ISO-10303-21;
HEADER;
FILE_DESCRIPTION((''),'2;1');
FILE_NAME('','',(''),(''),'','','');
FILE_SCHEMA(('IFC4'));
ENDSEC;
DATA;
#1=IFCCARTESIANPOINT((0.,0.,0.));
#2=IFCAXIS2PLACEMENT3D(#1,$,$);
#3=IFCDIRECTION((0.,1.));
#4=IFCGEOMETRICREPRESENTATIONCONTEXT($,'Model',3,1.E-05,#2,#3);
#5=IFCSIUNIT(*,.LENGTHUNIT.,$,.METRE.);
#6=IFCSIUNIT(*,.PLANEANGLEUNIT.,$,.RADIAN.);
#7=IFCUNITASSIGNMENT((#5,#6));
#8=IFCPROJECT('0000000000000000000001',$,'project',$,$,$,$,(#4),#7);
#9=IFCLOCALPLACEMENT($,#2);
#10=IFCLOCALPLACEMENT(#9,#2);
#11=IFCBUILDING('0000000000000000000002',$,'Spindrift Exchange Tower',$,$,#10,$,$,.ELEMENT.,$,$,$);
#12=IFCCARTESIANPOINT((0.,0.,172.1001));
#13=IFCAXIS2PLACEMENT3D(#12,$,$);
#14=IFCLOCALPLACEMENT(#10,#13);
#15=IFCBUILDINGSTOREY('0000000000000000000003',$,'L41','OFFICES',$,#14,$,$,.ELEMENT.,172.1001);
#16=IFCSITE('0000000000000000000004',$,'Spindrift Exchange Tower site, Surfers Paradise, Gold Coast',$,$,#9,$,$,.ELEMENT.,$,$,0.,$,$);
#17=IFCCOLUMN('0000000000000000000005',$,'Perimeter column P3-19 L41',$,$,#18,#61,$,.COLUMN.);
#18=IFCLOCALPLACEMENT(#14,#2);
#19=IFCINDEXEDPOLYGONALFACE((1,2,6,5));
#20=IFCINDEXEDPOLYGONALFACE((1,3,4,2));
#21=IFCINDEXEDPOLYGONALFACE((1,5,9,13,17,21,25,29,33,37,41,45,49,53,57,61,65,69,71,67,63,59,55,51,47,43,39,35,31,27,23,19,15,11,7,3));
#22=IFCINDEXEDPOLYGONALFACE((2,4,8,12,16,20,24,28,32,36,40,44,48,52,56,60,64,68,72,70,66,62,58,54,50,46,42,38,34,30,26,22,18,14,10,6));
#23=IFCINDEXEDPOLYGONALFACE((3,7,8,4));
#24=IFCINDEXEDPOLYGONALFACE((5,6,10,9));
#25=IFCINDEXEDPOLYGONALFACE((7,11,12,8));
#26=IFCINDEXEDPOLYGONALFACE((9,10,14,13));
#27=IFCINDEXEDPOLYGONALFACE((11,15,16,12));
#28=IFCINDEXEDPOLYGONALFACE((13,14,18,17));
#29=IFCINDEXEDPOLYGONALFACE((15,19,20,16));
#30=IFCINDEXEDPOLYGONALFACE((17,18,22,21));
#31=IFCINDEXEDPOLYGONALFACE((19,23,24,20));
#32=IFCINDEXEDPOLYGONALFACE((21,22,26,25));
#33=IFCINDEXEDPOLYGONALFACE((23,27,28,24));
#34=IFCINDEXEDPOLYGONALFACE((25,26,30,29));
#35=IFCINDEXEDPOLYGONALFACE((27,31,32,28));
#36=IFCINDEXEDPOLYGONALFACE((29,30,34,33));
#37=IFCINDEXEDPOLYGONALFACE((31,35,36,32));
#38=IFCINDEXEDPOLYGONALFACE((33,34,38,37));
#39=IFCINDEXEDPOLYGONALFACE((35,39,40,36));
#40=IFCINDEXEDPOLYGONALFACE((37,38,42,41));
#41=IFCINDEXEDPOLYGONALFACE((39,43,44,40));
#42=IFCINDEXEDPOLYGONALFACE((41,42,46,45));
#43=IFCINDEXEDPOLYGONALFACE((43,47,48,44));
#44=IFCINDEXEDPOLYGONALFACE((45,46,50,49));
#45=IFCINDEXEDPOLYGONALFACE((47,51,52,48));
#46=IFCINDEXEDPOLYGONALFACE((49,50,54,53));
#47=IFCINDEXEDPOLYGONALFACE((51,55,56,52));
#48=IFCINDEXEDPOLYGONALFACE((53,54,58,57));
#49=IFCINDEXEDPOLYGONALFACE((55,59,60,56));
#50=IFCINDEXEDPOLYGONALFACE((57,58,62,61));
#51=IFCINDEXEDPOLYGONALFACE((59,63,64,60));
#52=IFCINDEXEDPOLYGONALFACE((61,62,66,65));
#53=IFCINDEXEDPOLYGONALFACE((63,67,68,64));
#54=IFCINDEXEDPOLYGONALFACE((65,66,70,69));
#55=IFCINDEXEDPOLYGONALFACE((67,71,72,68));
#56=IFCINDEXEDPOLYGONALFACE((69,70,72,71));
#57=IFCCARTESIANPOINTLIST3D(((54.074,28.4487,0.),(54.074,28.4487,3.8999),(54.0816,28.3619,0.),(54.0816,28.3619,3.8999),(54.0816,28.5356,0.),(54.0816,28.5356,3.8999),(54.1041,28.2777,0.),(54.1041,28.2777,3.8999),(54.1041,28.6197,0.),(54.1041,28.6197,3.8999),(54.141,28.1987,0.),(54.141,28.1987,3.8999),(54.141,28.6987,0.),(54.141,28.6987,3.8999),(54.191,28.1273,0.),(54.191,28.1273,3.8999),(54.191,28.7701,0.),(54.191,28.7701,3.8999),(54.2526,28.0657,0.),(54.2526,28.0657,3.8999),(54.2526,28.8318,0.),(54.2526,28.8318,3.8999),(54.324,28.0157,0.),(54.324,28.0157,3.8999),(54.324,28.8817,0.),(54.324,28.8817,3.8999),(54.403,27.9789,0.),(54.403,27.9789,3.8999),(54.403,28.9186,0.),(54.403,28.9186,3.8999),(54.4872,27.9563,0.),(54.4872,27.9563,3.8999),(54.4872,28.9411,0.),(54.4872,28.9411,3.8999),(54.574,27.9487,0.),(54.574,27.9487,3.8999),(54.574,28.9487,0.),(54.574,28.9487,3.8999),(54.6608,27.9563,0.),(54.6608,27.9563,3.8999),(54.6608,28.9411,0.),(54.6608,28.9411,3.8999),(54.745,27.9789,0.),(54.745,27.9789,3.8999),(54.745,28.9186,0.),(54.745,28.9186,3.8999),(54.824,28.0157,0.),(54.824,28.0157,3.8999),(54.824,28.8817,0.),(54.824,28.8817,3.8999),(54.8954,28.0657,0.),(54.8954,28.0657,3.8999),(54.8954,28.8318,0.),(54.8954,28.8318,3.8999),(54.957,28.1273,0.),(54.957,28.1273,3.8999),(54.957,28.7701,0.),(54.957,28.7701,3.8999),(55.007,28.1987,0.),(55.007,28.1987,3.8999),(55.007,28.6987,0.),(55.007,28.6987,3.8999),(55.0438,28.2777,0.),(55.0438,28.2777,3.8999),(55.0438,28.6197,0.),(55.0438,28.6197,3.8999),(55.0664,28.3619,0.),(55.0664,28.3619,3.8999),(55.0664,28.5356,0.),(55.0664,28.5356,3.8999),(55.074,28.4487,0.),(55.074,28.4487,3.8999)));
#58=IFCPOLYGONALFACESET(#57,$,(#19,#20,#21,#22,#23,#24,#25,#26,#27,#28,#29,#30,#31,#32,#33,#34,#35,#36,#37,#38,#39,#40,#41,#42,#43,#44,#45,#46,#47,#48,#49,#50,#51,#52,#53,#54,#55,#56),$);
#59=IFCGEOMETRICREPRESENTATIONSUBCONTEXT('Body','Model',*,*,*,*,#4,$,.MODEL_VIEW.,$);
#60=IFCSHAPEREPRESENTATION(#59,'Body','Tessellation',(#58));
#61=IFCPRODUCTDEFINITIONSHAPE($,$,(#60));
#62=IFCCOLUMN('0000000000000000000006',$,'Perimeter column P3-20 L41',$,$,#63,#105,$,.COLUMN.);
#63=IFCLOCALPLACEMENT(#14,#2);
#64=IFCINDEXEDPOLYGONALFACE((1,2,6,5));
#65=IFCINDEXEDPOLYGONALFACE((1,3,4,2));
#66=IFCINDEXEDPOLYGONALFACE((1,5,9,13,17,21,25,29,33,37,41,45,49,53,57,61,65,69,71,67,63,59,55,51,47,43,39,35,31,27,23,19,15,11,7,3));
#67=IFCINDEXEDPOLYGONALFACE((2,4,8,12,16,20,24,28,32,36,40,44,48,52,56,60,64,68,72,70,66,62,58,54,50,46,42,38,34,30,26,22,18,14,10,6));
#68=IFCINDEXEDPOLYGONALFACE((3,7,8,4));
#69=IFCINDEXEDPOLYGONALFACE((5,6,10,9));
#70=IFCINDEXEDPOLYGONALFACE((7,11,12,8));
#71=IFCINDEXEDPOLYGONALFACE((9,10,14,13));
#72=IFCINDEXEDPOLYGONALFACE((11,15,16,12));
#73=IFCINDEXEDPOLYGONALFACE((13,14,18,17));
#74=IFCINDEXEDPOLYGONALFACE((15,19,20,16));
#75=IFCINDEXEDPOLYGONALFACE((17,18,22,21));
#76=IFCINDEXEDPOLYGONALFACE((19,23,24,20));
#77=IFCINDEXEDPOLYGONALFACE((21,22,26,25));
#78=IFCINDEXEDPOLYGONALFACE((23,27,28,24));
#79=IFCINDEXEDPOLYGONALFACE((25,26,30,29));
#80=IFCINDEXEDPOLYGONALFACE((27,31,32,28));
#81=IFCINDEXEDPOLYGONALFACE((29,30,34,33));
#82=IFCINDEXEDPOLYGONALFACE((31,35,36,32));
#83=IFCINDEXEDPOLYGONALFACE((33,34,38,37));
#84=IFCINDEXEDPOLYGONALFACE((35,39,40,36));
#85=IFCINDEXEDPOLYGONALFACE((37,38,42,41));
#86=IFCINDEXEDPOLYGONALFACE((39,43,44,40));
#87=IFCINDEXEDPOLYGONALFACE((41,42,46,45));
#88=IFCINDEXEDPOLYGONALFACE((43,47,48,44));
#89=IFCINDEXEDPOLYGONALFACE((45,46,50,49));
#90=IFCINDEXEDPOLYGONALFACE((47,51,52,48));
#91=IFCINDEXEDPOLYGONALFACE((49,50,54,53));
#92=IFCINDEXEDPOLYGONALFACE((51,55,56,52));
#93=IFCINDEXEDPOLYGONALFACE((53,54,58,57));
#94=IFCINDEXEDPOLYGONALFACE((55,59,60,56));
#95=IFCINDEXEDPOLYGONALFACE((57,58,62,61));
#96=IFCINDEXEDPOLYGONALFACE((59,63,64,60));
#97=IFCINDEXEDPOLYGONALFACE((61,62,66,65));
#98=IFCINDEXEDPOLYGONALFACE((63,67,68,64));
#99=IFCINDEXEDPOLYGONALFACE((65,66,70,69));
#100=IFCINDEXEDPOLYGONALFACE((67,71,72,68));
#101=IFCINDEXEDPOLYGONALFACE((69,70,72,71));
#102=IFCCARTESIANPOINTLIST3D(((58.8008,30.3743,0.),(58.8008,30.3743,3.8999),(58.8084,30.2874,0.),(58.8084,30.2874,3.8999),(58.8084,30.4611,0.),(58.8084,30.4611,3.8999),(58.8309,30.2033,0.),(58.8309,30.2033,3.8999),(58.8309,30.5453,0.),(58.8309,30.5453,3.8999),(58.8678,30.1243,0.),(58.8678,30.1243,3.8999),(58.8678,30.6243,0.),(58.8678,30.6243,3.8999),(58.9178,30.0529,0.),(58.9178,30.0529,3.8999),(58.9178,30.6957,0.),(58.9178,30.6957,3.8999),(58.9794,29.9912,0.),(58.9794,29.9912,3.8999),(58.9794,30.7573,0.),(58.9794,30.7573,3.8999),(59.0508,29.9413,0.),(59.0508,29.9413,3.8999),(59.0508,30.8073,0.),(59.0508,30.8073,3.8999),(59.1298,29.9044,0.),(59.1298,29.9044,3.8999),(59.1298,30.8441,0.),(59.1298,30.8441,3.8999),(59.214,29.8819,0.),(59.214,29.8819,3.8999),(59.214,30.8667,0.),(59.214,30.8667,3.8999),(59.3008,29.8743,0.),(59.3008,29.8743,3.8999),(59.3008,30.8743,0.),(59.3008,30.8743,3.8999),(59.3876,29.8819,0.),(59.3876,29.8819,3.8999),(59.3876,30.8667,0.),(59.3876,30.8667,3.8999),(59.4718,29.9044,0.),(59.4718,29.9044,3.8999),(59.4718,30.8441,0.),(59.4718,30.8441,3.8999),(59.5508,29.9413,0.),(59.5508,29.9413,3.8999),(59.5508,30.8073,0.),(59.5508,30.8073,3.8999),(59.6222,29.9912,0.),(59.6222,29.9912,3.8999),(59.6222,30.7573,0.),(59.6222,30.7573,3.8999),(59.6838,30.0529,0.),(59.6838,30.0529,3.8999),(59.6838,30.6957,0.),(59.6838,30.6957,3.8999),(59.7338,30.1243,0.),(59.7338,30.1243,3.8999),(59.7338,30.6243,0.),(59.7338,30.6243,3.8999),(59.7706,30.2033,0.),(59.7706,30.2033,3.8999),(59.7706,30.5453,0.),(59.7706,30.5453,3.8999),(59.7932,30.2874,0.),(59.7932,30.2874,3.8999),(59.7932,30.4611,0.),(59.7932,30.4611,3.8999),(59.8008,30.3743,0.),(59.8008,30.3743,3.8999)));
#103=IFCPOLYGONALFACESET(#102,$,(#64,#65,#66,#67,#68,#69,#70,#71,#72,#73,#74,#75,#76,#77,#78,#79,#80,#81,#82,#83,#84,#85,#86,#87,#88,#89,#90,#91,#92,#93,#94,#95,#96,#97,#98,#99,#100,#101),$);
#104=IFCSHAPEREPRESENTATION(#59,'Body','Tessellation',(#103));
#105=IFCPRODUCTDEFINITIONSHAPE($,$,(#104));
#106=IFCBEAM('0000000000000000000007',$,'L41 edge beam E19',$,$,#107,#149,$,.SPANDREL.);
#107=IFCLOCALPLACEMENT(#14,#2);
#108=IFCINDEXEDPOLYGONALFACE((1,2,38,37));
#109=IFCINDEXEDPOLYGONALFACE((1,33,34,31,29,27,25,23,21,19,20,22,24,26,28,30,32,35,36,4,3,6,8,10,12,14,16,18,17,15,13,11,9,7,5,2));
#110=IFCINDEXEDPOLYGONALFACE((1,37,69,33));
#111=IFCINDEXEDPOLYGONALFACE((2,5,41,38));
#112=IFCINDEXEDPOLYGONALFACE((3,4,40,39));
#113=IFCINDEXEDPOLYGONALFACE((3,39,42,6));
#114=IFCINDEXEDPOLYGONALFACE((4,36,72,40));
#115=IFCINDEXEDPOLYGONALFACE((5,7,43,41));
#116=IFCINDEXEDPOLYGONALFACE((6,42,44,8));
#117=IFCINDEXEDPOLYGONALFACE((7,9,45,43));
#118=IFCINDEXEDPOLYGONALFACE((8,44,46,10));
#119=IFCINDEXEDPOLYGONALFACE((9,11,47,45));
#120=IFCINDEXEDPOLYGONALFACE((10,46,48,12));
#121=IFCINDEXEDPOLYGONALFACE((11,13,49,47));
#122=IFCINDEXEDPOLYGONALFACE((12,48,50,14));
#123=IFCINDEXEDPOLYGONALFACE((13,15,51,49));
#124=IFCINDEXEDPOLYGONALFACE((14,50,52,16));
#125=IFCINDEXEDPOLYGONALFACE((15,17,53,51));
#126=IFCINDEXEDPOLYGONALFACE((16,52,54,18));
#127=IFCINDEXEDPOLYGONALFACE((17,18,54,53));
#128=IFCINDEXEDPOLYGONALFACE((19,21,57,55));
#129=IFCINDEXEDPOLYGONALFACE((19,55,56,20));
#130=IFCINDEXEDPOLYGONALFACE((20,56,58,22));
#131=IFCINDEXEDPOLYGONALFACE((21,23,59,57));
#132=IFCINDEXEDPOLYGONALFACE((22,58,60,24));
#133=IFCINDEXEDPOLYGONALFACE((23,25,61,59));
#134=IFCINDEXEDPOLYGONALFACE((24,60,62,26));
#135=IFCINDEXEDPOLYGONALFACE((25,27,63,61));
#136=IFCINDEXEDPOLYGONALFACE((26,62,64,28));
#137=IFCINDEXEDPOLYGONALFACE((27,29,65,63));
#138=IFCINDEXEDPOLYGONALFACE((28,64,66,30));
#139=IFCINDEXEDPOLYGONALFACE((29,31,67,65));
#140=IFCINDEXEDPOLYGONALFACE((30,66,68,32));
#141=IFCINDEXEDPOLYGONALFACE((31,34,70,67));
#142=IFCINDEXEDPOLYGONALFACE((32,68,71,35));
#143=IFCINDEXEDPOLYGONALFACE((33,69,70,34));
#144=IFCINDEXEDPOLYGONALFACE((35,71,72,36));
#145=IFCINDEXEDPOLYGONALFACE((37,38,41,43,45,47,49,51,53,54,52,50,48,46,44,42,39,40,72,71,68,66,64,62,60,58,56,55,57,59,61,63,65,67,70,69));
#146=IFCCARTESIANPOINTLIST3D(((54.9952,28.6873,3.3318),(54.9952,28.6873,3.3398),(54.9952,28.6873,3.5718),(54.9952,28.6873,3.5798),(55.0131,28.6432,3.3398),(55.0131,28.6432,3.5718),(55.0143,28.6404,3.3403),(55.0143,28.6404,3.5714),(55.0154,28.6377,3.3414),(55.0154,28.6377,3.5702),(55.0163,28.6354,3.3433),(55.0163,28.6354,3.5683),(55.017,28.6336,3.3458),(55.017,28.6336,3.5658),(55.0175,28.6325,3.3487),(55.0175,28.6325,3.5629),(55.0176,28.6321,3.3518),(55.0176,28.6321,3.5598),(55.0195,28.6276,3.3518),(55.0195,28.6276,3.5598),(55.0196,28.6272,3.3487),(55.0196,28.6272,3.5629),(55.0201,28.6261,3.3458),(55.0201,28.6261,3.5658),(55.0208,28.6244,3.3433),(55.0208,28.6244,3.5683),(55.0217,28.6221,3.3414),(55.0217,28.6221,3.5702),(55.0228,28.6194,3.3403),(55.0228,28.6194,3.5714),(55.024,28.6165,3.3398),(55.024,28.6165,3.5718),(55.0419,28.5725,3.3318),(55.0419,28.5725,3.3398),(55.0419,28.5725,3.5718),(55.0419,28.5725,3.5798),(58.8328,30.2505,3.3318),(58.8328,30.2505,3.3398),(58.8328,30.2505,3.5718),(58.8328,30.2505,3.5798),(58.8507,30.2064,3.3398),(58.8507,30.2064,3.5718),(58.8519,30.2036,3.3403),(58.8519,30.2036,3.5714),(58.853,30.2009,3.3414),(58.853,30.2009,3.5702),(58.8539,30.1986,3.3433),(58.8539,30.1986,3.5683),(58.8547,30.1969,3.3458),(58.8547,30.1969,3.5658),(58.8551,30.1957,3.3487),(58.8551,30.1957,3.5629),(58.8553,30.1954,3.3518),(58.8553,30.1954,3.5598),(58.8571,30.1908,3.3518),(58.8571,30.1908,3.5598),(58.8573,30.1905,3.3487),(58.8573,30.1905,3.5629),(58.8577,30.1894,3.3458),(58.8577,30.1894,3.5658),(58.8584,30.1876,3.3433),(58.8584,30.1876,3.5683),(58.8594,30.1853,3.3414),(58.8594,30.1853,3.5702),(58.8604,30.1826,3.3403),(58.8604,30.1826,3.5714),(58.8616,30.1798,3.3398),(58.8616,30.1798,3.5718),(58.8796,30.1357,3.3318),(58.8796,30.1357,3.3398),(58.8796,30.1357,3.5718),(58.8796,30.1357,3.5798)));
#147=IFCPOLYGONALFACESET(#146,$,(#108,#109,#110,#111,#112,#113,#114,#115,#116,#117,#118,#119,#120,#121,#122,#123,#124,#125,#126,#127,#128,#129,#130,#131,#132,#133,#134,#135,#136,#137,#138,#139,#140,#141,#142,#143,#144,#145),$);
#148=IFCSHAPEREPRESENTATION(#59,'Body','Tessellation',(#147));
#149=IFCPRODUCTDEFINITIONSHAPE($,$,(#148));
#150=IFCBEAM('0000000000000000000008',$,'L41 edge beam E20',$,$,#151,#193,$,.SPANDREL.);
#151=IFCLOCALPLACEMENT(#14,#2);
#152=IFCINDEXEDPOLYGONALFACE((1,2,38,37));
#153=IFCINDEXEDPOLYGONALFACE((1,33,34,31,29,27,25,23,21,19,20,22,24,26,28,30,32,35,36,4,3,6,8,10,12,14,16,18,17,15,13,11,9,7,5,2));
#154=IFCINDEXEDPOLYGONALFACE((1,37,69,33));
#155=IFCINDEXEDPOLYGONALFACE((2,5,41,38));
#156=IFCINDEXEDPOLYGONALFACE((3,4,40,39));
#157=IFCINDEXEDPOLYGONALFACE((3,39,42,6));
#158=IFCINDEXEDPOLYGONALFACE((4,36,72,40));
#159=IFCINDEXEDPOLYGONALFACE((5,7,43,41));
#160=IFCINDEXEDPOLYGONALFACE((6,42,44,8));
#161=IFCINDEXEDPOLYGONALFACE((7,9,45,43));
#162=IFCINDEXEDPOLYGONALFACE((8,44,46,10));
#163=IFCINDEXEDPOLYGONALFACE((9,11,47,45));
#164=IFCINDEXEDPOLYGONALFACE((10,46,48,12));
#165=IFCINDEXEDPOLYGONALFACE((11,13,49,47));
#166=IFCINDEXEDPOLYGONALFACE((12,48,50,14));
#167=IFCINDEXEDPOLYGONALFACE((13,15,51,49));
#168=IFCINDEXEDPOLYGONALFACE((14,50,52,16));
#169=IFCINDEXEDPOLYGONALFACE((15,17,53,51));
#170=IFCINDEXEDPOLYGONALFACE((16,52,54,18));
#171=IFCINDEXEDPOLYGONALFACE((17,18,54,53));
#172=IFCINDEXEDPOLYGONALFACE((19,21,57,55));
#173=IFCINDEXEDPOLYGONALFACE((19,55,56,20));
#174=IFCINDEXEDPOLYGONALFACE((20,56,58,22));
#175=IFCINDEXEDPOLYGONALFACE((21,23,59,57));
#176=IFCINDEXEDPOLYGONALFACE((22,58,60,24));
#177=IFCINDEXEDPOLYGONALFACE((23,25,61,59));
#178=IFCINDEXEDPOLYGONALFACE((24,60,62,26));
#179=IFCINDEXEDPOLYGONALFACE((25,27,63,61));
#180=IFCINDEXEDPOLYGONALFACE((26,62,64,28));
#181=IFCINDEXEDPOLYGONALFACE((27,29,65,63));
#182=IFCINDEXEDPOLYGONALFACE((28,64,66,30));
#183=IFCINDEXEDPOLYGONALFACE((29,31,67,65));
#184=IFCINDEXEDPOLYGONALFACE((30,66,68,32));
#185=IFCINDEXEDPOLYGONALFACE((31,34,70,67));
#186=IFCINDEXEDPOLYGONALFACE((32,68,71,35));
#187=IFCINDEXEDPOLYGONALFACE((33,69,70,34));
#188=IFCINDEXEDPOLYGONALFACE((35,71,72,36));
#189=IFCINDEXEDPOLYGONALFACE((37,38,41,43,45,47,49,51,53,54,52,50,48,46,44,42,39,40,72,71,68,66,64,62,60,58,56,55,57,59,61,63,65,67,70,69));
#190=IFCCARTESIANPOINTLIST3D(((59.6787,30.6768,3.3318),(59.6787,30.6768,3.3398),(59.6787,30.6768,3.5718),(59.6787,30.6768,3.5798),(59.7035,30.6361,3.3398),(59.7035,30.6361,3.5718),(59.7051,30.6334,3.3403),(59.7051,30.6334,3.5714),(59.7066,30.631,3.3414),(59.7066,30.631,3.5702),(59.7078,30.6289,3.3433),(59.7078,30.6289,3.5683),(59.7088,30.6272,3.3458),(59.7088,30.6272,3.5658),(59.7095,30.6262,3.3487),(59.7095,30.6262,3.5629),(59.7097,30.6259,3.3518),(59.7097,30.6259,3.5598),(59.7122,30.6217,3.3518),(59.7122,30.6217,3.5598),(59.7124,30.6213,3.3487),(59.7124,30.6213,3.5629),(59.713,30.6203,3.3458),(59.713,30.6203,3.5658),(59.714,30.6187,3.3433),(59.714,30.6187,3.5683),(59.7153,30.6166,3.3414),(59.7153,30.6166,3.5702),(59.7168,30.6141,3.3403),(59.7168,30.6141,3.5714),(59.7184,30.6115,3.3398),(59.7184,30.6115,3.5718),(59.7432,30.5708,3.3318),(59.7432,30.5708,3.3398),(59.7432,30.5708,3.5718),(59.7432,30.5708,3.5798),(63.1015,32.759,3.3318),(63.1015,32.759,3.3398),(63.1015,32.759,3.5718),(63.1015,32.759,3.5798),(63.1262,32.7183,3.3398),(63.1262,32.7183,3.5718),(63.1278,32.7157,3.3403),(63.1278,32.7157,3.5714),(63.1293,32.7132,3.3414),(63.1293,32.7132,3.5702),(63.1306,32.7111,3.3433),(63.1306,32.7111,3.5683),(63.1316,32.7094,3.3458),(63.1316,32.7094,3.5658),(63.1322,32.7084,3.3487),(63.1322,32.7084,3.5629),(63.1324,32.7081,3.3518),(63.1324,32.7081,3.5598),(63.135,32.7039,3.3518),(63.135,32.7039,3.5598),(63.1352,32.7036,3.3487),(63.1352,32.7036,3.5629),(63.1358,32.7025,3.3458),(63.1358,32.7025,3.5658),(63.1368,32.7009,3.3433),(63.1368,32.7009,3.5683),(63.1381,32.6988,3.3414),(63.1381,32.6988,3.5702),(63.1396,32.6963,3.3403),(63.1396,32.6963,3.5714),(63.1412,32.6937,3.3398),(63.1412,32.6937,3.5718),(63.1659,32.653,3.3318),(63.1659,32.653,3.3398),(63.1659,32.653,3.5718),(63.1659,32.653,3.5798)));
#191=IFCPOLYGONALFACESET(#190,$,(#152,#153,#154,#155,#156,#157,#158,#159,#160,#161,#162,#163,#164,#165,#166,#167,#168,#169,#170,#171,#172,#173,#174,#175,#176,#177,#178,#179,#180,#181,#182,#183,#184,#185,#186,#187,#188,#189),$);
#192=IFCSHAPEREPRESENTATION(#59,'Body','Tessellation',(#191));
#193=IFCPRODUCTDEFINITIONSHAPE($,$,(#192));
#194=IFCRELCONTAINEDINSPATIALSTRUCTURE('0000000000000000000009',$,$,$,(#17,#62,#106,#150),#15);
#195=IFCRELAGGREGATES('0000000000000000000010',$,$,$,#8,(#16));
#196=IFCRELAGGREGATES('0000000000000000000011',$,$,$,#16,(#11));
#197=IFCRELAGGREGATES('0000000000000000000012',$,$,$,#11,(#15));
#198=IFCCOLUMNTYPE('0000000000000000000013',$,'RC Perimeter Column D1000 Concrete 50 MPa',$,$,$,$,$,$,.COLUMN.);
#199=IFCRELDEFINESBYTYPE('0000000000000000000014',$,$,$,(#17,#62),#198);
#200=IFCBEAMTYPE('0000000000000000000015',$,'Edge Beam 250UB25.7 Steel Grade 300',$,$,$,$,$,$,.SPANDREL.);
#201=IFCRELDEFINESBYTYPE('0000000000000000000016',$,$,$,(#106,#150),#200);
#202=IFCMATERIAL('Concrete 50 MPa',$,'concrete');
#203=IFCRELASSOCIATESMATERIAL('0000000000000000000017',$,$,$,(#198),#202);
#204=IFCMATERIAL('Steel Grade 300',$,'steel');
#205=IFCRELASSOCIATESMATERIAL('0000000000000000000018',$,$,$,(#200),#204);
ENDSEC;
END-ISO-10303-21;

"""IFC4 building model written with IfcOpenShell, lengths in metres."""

from ifc_helpers import new_model, si_unit, direction, frame, origin, origin_2d, place, context, subcontext, project, spatial, circle, i_section, extrude, source, transform, mapped, material, material_profile, profile_set, type_object, element, save


model = new_model("IFC4")

# Units and contexts
model_context = context("Model", 3, precision=1e-05, world=origin(), true_north=direction((0.0, 1.0)))
body_context = subcontext(model_context, "Body", "Model", "MODEL_VIEW")
ifc_project = project(units=[si_unit("LENGTHUNIT", "METRE"), si_unit("PLANEANGLEUNIT", "RADIAN")], contexts=[model_context])

# Site, building, storey
site_placement = place(None, origin())
site = spatial("IfcSite", under=ifc_project, at=site_placement, Name="Spindrift Exchange Tower site, Surfers Paradise, Gold Coast", CompositionType="ELEMENT", RefElevation=0.0)
building_placement = place(site_placement, origin())
building = spatial("IfcBuilding", under=site, at=building_placement, Name="Spindrift Exchange Tower", CompositionType="ELEMENT")
storey_placement = place(building_placement, frame((0.0, 0.0, 172.1001)))
storey = spatial("IfcBuildingStorey", under=building, at=storey_placement, Name="L41", Description="OFFICES", CompositionType="ELEMENT", Elevation=172.1001)

# Columns
ifc_material_1 = material(Name="Concrete 50 MPa", Category="concrete")
ifc_material_profile_1 = material_profile(ifc_material_1, circle(Radius=0.5, at=origin_2d()), Name="RC D1000")
ifc_profile_set_1 = profile_set([ifc_material_profile_1], Name="Concrete 50 MPa")
column_type = type_object("IfcColumnType", Name="RC Perimeter Column D1000 Concrete 50 MPa", PredefinedType="COLUMN", material=ifc_profile_set_1)
shared_shape_1 = source(origin(), body_context, "Body", "SweptSolid", [
    extrude(circle(Radius=0.5, at=origin_2d()), origin(), (0.0, 0.0, 1.0), 3.8999),
])
for number, where, z_axis, x_axis, name in (
    (1, (54.574, 28.4487, 0.0), (0.0, 0.0, 1.0), (1.0, 0.0, 0.0), "Perimeter column P3-19 L41"),
    (2, (59.3008, 30.3743, 0.0), (0.0, 0.0, 1.0), (1.0, 0.0, 0.0), "Perimeter column P3-20 L41"),
):
    element("IfcColumn", number, at=place(storey_placement, frame(where, z_axis=z_axis, x_axis=x_axis)), inside=storey, type_object=column_type, Name=name, PredefinedType="COLUMN", context=body_context, shape_type="MappedRepresentation", body=[
        mapped(shared_shape_1, transform((0.0, 0.0, 0.0), scale=1.0)),
    ])

# Beams
ifc_material_2 = material(Name="Steel Grade 300", Category="steel")
ifc_material_profile_2 = material_profile(ifc_material_2, i_section(OverallWidth=0.124, OverallDepth=0.248, WebThickness=0.0049, FlangeThickness=0.0081, FilletRadius=0.012, at=origin_2d()), Name="250UB25.7")
ifc_profile_set_2 = profile_set([ifc_material_profile_2], Name="Steel Grade 300")
beam_type_1 = type_object("IfcBeamType", Name="Edge Beam 250UB25.7 Steel Grade 300", PredefinedType="SPANDREL", material=ifc_profile_set_2)
shared_shape_2 = source(origin(), body_context, "Body", "SweptSolid", [
    extrude(i_section(OverallWidth=0.124, OverallDepth=0.248, WebThickness=0.0049, FlangeThickness=0.0081, FilletRadius=0.012, at=origin_2d()), origin(), (0.0, 0.0, 1.0), 4.1438),
])
beam_1_placement = place(storey_placement, frame((55.0186, 28.6299, 3.4558), z_axis=(0.926114, 0.377244, 0.0), x_axis=(-0.377244, 0.926114, 0.0)))
element("IfcBeam", 3, at=beam_1_placement, inside=storey, type_object=beam_type_1, Name="L41 edge beam E19", PredefinedType="SPANDREL", context=body_context, shape_type="MappedRepresentation", body=[
    mapped(shared_shape_2, transform((0.0, 0.0, 0.0), scale=1.0)),
])
shared_shape_3 = source(origin(), body_context, "Body", "SweptSolid", [
    extrude(i_section(OverallWidth=0.124, OverallDepth=0.248, WebThickness=0.0049, FlangeThickness=0.0081, FilletRadius=0.012, at=origin_2d()), origin(), (0.0, 0.0, 1.0), 4.0063),
])
beam_2_placement = place(storey_placement, frame((59.7109, 30.6238, 3.4558), z_axis=(0.854331, 0.519728, 0.0), x_axis=(-0.519728, 0.854331, 0.0)))
element("IfcBeam", 4, at=beam_2_placement, inside=storey, type_object=beam_type_1, Name="L41 edge beam E20", PredefinedType="SPANDREL", context=body_context, shape_type="MappedRepresentation", body=[
    mapped(shared_shape_3, transform((0.0, 0.0, 0.0), scale=1.0)),
])

save(model, "model.ifc")
